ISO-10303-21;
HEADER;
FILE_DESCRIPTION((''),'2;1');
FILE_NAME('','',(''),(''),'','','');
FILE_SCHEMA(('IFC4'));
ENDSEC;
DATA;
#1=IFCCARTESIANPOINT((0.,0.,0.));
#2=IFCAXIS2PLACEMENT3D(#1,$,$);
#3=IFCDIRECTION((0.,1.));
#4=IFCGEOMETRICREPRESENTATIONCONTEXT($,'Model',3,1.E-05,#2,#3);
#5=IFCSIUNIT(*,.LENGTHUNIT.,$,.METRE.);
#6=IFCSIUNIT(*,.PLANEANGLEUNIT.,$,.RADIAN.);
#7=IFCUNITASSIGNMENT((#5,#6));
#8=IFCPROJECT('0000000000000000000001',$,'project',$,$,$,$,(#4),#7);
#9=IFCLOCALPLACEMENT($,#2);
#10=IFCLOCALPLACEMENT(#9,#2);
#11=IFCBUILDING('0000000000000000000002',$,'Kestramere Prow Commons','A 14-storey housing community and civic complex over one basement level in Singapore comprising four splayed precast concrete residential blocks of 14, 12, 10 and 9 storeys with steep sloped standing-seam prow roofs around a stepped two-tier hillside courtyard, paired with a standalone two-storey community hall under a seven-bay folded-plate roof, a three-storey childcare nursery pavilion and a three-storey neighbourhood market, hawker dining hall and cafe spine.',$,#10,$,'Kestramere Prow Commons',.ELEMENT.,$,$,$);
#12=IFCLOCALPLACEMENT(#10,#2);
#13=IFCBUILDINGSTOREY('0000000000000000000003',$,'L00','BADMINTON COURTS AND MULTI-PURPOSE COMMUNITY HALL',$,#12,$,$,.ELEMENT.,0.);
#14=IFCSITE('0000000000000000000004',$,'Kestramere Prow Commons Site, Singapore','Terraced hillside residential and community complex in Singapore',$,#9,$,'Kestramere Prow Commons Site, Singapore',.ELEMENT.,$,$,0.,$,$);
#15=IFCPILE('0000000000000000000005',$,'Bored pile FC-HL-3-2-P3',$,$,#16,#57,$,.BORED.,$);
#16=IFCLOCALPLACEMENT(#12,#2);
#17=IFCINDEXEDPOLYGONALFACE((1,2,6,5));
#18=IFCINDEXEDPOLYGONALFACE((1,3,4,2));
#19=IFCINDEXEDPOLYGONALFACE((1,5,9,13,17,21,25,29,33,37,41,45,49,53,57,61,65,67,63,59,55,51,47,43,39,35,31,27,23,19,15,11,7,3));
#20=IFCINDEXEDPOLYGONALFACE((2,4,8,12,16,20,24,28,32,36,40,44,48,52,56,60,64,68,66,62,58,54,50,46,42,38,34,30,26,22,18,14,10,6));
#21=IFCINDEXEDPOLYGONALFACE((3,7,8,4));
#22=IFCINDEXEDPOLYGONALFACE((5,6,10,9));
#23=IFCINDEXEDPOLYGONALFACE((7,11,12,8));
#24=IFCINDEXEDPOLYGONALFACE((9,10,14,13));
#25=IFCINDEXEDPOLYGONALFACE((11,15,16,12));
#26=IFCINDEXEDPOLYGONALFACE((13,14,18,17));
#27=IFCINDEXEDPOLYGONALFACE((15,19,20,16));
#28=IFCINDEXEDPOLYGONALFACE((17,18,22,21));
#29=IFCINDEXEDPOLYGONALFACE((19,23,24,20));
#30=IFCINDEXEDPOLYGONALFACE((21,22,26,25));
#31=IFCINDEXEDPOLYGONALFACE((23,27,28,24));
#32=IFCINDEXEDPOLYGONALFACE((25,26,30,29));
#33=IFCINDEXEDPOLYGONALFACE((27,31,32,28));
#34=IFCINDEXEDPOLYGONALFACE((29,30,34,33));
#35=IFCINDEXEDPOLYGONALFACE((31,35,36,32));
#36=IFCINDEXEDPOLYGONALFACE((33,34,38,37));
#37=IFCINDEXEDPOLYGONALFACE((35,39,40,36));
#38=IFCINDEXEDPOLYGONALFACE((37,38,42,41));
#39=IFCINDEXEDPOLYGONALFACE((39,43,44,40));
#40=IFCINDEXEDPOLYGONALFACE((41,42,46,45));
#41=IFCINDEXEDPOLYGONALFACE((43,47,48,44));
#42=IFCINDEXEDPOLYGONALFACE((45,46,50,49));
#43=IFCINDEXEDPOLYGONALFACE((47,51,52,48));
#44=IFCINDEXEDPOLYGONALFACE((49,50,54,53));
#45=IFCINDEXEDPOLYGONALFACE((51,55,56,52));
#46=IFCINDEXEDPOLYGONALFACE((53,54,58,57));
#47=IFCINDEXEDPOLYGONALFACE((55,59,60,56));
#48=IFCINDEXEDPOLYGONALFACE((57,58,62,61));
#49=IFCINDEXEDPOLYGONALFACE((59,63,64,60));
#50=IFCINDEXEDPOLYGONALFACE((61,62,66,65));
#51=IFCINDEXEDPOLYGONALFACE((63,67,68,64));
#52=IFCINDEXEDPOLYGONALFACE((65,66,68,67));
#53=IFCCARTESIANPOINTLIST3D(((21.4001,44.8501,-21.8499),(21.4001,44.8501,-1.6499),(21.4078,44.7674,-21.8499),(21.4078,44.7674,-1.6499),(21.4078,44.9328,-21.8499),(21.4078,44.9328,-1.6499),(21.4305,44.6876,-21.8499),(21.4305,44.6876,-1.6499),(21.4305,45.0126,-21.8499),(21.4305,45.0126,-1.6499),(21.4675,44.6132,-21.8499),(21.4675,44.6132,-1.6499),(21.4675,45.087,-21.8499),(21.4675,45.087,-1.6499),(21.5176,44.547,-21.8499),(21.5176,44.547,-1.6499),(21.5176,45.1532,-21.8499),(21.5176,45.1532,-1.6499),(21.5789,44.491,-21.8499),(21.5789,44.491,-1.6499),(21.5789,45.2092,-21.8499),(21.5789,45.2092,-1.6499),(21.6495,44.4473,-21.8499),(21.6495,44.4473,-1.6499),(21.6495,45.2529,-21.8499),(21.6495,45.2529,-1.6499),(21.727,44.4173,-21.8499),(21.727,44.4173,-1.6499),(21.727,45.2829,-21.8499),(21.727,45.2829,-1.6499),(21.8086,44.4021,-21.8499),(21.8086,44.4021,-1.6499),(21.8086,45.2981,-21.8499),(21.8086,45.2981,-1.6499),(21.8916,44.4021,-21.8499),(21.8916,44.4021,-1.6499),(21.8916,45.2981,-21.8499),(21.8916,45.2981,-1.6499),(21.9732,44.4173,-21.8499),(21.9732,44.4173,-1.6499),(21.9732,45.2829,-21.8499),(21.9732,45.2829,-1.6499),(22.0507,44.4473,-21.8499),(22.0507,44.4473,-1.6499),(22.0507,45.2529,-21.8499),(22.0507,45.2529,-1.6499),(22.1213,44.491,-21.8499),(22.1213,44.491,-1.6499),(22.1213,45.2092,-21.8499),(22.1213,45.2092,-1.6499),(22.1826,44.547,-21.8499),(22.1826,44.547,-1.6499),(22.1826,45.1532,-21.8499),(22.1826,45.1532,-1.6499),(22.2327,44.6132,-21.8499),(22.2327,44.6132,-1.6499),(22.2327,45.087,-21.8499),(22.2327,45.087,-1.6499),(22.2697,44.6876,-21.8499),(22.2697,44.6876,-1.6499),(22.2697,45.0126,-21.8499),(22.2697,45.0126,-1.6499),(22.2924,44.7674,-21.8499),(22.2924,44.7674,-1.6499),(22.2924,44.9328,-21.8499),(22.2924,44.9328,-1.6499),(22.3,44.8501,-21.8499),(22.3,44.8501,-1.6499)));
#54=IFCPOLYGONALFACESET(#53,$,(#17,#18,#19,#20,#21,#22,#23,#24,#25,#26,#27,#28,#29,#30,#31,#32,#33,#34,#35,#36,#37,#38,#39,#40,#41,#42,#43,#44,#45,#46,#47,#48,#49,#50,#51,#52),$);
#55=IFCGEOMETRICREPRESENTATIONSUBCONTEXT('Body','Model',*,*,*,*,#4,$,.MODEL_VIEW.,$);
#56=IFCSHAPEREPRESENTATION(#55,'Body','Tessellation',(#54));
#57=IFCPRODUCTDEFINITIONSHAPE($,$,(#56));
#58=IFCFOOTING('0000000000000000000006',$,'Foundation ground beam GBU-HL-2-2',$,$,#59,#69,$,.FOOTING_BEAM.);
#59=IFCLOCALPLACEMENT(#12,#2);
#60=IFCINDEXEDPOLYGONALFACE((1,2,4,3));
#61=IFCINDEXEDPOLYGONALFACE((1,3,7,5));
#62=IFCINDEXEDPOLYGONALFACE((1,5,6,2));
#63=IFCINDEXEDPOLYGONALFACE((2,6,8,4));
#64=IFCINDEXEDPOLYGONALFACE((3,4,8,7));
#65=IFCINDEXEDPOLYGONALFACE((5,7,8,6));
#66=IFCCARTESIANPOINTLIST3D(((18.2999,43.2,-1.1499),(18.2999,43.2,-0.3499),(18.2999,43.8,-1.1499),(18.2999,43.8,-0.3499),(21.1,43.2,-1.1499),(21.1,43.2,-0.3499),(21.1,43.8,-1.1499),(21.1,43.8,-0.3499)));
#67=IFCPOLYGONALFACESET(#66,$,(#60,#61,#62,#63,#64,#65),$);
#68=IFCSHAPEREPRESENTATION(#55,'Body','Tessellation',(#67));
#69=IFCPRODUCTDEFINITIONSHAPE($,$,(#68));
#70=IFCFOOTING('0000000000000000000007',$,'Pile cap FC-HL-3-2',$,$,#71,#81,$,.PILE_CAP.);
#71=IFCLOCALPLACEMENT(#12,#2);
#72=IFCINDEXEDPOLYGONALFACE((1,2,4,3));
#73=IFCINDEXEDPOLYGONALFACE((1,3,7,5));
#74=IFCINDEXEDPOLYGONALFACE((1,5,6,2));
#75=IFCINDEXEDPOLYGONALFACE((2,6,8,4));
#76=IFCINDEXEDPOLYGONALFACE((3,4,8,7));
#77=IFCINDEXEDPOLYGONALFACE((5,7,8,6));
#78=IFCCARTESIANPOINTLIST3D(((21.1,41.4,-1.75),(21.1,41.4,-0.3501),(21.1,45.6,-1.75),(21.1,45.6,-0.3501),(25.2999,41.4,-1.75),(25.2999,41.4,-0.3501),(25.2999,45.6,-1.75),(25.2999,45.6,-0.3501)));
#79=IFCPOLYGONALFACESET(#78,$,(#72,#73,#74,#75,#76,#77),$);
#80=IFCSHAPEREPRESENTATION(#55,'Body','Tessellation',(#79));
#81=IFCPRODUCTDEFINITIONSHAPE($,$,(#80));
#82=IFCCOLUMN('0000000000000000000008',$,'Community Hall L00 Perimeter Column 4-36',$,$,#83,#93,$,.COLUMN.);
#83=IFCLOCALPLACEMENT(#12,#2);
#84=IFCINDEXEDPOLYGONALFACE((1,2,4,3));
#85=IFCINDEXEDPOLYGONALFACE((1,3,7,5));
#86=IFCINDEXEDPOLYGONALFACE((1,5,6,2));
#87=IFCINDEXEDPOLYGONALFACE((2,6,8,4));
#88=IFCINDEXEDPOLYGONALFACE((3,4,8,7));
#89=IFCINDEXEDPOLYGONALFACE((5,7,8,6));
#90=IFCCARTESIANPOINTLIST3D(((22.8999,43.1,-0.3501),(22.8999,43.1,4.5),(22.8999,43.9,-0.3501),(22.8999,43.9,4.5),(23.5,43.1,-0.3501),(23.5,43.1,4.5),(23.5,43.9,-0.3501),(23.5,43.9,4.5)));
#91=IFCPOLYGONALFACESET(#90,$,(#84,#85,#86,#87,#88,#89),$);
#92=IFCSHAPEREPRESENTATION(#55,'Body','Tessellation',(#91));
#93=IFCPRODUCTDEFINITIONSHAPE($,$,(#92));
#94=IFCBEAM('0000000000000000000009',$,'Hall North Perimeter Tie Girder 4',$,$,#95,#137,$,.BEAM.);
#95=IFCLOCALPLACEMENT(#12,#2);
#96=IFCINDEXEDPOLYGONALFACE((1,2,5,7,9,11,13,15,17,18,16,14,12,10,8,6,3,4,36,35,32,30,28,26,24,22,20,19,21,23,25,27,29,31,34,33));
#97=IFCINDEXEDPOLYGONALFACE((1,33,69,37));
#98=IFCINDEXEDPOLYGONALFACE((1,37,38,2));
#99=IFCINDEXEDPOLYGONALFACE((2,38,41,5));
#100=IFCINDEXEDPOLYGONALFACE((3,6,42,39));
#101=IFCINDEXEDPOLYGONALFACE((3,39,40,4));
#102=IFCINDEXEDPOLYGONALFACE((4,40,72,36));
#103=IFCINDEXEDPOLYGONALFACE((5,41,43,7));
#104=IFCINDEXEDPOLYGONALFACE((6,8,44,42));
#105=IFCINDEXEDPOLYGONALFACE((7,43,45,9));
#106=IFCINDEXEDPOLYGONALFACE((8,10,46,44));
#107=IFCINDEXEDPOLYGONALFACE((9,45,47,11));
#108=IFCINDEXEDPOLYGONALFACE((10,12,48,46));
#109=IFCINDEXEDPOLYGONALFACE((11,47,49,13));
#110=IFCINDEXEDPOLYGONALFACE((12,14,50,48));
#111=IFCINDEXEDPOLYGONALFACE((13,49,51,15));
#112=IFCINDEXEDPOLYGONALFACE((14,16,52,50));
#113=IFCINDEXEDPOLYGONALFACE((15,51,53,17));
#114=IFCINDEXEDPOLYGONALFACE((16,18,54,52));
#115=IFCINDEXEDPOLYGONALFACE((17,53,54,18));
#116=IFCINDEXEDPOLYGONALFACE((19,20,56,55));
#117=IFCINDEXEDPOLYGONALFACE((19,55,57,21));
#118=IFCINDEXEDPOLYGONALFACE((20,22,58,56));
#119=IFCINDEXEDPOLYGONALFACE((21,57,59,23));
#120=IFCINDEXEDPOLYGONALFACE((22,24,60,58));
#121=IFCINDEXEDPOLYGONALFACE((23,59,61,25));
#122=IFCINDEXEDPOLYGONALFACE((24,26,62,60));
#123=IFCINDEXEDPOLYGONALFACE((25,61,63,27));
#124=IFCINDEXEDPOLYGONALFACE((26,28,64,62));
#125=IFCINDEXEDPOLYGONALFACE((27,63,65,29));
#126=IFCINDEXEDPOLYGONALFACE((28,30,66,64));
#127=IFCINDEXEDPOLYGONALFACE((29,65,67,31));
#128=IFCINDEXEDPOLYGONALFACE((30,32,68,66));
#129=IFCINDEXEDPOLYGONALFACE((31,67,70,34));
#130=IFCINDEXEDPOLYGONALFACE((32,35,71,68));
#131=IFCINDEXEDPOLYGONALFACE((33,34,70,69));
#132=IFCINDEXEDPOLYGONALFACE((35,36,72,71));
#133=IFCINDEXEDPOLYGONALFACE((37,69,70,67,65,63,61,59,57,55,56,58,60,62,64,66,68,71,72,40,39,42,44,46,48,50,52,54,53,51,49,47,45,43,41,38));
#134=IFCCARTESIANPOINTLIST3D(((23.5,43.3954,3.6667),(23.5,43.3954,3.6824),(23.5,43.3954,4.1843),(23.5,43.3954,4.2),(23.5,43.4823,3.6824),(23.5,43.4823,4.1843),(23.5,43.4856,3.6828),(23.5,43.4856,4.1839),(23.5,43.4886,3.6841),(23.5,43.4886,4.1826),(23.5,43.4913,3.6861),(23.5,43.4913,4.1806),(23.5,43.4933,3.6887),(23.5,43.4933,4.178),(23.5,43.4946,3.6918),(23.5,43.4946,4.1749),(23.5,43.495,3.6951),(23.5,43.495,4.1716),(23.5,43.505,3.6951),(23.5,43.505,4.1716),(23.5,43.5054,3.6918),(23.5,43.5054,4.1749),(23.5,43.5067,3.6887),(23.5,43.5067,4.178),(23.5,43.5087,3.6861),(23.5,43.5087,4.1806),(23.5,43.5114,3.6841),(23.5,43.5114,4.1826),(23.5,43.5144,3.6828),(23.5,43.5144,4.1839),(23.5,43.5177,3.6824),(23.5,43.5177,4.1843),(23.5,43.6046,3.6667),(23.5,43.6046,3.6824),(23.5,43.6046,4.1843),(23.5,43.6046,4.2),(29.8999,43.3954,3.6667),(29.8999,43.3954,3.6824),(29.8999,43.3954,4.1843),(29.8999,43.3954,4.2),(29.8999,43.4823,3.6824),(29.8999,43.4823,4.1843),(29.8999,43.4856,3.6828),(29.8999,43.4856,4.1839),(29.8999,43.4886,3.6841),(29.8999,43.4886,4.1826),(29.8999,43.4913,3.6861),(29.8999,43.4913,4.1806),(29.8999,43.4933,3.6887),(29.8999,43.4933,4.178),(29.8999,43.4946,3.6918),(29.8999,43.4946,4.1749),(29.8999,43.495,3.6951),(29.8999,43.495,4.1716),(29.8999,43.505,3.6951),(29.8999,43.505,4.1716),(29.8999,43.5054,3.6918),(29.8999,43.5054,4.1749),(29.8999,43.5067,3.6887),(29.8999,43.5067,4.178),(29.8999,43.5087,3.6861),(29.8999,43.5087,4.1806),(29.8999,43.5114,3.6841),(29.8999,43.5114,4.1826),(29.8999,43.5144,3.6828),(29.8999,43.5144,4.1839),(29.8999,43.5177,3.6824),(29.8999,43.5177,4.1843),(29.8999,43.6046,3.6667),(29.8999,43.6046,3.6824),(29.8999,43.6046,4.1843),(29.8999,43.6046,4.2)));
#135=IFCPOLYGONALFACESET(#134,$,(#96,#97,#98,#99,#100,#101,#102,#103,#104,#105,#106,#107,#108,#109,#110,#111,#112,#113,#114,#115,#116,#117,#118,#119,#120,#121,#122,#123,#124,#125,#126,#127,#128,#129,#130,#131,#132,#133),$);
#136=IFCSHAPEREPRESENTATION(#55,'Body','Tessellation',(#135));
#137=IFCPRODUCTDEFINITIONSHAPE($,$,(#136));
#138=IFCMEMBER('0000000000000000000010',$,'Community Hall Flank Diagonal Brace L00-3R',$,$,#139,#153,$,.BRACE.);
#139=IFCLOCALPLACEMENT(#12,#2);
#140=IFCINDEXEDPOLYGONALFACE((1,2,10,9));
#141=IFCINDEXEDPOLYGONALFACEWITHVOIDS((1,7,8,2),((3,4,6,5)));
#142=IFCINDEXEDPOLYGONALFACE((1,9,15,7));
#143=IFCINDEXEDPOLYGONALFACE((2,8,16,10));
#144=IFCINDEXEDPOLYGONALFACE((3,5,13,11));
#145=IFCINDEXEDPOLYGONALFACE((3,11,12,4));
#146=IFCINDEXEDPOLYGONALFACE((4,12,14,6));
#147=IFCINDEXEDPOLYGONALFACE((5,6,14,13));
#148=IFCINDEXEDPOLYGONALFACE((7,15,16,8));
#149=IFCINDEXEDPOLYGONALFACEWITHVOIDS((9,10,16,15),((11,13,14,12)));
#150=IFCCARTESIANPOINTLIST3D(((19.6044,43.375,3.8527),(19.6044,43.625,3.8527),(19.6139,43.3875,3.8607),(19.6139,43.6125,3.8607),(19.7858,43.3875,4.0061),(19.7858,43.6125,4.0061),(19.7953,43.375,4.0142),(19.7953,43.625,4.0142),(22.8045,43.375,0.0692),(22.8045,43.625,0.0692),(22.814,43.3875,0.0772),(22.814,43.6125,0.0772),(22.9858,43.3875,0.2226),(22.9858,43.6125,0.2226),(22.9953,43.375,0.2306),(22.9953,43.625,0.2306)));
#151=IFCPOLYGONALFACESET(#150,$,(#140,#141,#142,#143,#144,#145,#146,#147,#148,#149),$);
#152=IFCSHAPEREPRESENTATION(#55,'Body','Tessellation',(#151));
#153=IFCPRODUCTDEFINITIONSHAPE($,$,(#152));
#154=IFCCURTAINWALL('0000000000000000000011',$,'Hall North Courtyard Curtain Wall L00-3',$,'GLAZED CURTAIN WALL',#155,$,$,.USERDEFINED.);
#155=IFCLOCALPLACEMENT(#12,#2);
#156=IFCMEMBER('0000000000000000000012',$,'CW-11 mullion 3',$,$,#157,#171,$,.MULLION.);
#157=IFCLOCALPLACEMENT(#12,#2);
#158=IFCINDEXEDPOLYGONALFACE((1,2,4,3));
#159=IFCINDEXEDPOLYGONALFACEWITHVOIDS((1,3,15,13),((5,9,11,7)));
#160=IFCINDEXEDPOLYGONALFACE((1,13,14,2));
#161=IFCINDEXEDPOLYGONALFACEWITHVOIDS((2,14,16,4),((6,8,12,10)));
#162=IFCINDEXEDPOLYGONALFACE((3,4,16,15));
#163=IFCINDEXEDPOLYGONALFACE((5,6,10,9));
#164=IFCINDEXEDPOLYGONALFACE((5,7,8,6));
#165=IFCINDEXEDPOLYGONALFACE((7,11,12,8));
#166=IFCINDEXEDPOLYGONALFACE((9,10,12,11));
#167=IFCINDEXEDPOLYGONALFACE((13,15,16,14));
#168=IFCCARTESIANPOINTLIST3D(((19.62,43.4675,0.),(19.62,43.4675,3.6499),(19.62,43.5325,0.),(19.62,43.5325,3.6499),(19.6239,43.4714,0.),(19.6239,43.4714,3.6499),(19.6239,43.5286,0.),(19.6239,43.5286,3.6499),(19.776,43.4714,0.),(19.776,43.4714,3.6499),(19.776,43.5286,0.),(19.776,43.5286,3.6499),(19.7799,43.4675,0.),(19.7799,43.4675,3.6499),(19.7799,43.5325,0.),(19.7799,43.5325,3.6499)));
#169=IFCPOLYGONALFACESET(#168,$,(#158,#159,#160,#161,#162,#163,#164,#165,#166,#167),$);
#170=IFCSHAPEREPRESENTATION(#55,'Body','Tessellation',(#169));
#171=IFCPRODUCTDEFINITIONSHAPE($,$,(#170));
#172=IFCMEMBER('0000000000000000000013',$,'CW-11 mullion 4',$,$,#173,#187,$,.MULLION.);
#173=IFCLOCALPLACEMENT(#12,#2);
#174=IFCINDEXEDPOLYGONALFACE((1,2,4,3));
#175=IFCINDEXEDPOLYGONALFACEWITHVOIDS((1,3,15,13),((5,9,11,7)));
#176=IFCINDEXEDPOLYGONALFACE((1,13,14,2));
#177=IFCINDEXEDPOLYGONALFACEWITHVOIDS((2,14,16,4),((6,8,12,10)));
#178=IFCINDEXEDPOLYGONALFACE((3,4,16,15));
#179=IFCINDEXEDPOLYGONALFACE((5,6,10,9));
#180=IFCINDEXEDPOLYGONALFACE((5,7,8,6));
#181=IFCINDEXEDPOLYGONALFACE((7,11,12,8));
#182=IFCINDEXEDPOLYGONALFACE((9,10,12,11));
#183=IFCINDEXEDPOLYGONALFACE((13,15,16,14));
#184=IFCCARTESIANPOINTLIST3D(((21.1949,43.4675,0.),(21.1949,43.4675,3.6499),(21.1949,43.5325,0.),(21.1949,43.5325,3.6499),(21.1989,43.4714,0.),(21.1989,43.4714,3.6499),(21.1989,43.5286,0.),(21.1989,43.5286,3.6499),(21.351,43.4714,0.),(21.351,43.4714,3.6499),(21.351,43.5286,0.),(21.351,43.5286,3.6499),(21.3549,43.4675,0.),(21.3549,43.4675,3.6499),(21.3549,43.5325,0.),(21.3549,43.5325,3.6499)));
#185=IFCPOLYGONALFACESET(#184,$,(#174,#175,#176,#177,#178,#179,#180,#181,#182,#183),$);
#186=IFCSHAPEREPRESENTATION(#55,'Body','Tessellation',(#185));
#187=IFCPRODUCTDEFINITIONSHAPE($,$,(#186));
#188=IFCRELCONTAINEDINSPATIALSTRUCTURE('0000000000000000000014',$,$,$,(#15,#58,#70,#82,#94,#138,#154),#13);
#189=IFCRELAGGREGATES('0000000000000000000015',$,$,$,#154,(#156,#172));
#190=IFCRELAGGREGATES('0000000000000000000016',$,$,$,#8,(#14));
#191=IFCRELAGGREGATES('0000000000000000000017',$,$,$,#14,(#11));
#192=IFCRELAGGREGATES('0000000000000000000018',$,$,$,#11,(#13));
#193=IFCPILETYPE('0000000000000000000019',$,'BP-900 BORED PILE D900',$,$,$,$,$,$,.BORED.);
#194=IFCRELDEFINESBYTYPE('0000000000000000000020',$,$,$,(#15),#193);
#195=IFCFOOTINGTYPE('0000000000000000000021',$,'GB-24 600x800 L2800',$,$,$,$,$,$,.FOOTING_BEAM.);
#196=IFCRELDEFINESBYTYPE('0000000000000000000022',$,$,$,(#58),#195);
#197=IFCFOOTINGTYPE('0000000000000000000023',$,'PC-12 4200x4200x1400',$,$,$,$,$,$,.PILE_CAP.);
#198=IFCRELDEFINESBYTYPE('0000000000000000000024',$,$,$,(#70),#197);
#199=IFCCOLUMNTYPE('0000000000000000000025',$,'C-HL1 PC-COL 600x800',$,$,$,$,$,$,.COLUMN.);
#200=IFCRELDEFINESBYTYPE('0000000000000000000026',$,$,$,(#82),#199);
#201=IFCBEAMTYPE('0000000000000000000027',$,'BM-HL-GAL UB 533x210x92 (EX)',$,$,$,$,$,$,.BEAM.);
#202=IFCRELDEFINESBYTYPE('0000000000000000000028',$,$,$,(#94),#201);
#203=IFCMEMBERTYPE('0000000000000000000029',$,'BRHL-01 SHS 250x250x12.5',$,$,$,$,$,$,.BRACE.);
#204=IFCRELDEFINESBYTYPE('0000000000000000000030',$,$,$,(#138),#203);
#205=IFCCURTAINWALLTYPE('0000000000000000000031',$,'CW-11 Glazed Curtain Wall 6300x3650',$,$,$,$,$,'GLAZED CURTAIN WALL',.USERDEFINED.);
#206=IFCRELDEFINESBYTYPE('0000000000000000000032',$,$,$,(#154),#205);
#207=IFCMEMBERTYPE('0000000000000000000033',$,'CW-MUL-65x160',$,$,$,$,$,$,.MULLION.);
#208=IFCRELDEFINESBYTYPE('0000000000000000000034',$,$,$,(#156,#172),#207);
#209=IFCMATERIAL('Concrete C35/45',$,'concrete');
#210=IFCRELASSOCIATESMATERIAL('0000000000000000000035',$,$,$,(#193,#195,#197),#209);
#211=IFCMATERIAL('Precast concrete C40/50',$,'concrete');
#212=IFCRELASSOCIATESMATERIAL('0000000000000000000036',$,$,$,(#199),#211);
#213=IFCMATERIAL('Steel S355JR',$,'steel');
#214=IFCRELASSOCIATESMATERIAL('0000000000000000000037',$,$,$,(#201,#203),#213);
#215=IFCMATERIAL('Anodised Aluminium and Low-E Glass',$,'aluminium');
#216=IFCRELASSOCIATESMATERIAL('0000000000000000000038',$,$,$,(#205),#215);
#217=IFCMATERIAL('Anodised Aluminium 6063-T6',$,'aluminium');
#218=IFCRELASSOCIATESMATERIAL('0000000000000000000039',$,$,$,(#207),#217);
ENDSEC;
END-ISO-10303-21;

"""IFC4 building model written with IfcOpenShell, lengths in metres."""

from ifc_helpers import new_model, si_unit, direction, frame, origin, origin_2d, place, context, subcontext, project, spatial, rectangle, hollow_rectangle, circle, i_section, extrude, material, material_profile, profile_set, type_object, element, aggregate, save


model = new_model("IFC4")

# Units and contexts
model_context = context("Model", 3, precision=1e-05, world=origin(), true_north=direction((0.0, 1.0)))
body_context = subcontext(model_context, "Body", "Model", "MODEL_VIEW")
ifc_project = project(units=[si_unit("LENGTHUNIT", "METRE"), si_unit("PLANEANGLEUNIT", "RADIAN")], contexts=[model_context])

# Site, building, storey
site_placement = place(None, origin())
site = spatial("IfcSite", under=ifc_project, at=site_placement, Name="Kestramere Prow Commons Site, Singapore", Description="Terraced hillside residential and community complex in Singapore", LongName="Kestramere Prow Commons Site, Singapore", CompositionType="ELEMENT", RefElevation=0.0)
building_placement = place(site_placement, origin())
building = spatial("IfcBuilding", under=site, at=building_placement, Name="Kestramere Prow Commons", Description="A 14-storey housing community and civic complex over one basement level in Singapore comprising four splayed precast concrete residential blocks of 14, 12, 10 and 9 storeys with steep sloped standing-seam prow roofs around a stepped two-tier hillside courtyard, paired with a standalone two-storey community hall under a seven-bay folded-plate roof, a three-storey childcare nursery pavilion and a three-storey neighbourhood market, hawker dining hall and cafe spine.", LongName="Kestramere Prow Commons", CompositionType="ELEMENT")
storey_placement = place(building_placement, origin())
storey = spatial("IfcBuildingStorey", under=building, at=storey_placement, Name="L00", Description="BADMINTON COURTS AND MULTI-PURPOSE COMMUNITY HALL", CompositionType="ELEMENT", Elevation=0.0)

# Pile
ifc_material_1 = material(Name="Concrete C35/45", Category="concrete")
ifc_material_profile_1 = material_profile(ifc_material_1, circle(Radius=0.45, at=origin_2d()), Name="BORED PILE D900")
ifc_profile_set_1 = profile_set([ifc_material_profile_1], Name="Concrete C35/45")
pile_type = type_object("IfcPileType", Name="BP-900 BORED PILE D900", PredefinedType="BORED", material=ifc_profile_set_1)
pile_placement = place(storey_placement, frame((21.8501, 44.8501, -1.6499), z_axis=(0.0, 0.0, -1.0), x_axis=(1.0, 0.0, 0.0)))
element("IfcPile", 1, at=pile_placement, inside=storey, type_object=pile_type, Name="Bored pile FC-HL-3-2-P3", PredefinedType="BORED", context=body_context, shape_type="SweptSolid", body=[
    extrude(circle(Radius=0.45, at=origin_2d()), origin(), (0.0, 0.0, 1.0), 20.2),
])

# Footings
footing_type_1 = type_object("IfcFootingType", Name="GB-24 600x800 L2800", PredefinedType="FOOTING_BEAM", material=ifc_material_1)
footing_1_placement = place(storey_placement, frame((19.7, 43.5, -1.1499), z_axis=(0.0, 0.0, 1.0), x_axis=(1.0, 0.0, 0.0)))
element("IfcFooting", 2, at=footing_1_placement, inside=storey, type_object=footing_type_1, Name="Foundation ground beam GBU-HL-2-2", PredefinedType="FOOTING_BEAM", context=body_context, shape_type="SweptSolid", body=[
    extrude(rectangle(XDim=2.8, YDim=0.6001, at=origin_2d()), origin(), (0.0, 0.0, 1.0), 0.8),
])
footing_type_2 = type_object("IfcFootingType", Name="PC-12 4200x4200x1400", PredefinedType="PILE_CAP", material=ifc_material_1)
footing_2_placement = place(storey_placement, frame((23.2, 43.5, -1.75), z_axis=(0.0, 0.0, 1.0), x_axis=(1.0, 0.0, 0.0)))
element("IfcFooting", 3, at=footing_2_placement, inside=storey, type_object=footing_type_2, Name="Pile cap FC-HL-3-2", PredefinedType="PILE_CAP", context=body_context, shape_type="SweptSolid", body=[
    extrude(rectangle(XDim=4.2, YDim=4.2, at=origin_2d()), origin(), (0.0, 0.0, 1.0), 1.3999),
])

# Column
ifc_material_2 = material(Name="Precast concrete C40/50", Category="concrete")
ifc_material_profile_2 = material_profile(ifc_material_2, rectangle(XDim=0.6001, YDim=0.8, at=origin_2d()), Name="PC-COL 600x800")
ifc_profile_set_2 = profile_set([ifc_material_profile_2], Name="Precast concrete C40/50")
column_type = type_object("IfcColumnType", Name="C-HL1 PC-COL 600x800", PredefinedType="COLUMN", material=ifc_profile_set_2)
column_placement = place(storey_placement, frame((23.2, 43.5, -0.3501), z_axis=(0.0, 0.0, 1.0), x_axis=(1.0, 0.0, 0.0)))
element("IfcColumn", 4, at=column_placement, inside=storey, type_object=column_type, Name="Community Hall L00 Perimeter Column 4-36", PredefinedType="COLUMN", context=body_context, shape_type="SweptSolid", body=[
    extrude(rectangle(XDim=0.6001, YDim=0.8, at=origin_2d()), origin(), (0.0, 0.0, 1.0), 4.8501),
])

# Beam
ifc_material_3 = material(Name="Steel S355JR", Category="steel")
ifc_material_profile_3 = material_profile(ifc_material_3, i_section(OverallWidth=0.2092, OverallDepth=0.5332, WebThickness=0.01, FlangeThickness=0.0156, FilletRadius=0.0127, at=origin_2d()), Name="UB 533x210x92")
ifc_profile_set_3 = profile_set([ifc_material_profile_3], Name="Steel S355JR")
beam_type = type_object("IfcBeamType", Name="BM-HL-GAL UB 533x210x92 (EX)", PredefinedType="BEAM", material=ifc_profile_set_3)
beam_placement = place(storey_placement, frame((23.5, 43.5, 3.9333), z_axis=(1.0, 0.0, 0.0), x_axis=(0.0, 1.0, 0.0)))
element("IfcBeam", 5, at=beam_placement, inside=storey, type_object=beam_type, Name="Hall North Perimeter Tie Girder 4", PredefinedType="BEAM", context=body_context, shape_type="SweptSolid", body=[
    extrude(i_section(OverallWidth=0.2092, OverallDepth=0.5332, WebThickness=0.01, FlangeThickness=0.0156, FilletRadius=0.0127, at=origin_2d()), origin(), (0.0, 0.0, 1.0), 6.3999),
])

# Member
ifc_material_profile_4 = material_profile(ifc_material_3, hollow_rectangle(XDim=0.25, YDim=0.25, WallThickness=0.0125, at=origin_2d()), Name="SHS 250x250x12.5")
ifc_profile_set_4 = profile_set([ifc_material_profile_4], Name="Steel S355JR")
member_type_1 = type_object("IfcMemberType", Name="BRHL-01 SHS 250x250x12.5", PredefinedType="BRACE", material=ifc_profile_set_4)
member_1_placement = place(storey_placement, frame((22.8999, 43.5, 0.1499), z_axis=(-0.645774, 0.0, 0.763528), x_axis=(0.0, -1.0, 0.0)))
element("IfcMember", 6, at=member_1_placement, inside=storey, type_object=member_type_1, Name="Community Hall Flank Diagonal Brace L00-3R", PredefinedType="BRACE", context=body_context, shape_type="SweptSolid", body=[
    extrude(hollow_rectangle(XDim=0.25, YDim=0.25, WallThickness=0.0125, at=origin_2d()), origin(), (0.0, 0.0, 1.0), 4.9553),
])

# Curtain wall, members
ifc_material_4 = material(Name="Anodised Aluminium and Low-E Glass", Category="aluminium")
curtain_wall_type = type_object("IfcCurtainWallType", Name="CW-11 Glazed Curtain Wall 6300x3650", ElementType="GLAZED CURTAIN WALL", PredefinedType="USERDEFINED", material=ifc_material_4)
curtain_wall_1_placement = place(storey_placement, origin())
curtain_wall_1 = element("IfcCurtainWall", 7, at=curtain_wall_1_placement, inside=storey, type_object=curtain_wall_type, Name="Hall North Courtyard Curtain Wall L00-3", ObjectType="GLAZED CURTAIN WALL", PredefinedType="USERDEFINED")
ifc_material_5 = material(Name="Anodised Aluminium 6063-T6", Category="aluminium")
ifc_material_profile_5 = material_profile(ifc_material_5, hollow_rectangle(XDim=0.0649, YDim=0.1599, WallThickness=0.0039, at=origin_2d()), Name="ALU-MUL 65x160")
ifc_profile_set_5 = profile_set([ifc_material_profile_5], Name="Anodised Aluminium 6063-T6")
member_type_2 = type_object("IfcMemberType", Name="CW-MUL-65x160", PredefinedType="MULLION", material=ifc_profile_set_5)
member_2_placement = place(storey_placement, frame((19.7, 43.5, 0.0), z_axis=(0.0, 0.0, 1.0), x_axis=(0.0, 1.0, 0.0)))
member_2 = element("IfcMember", 8, at=member_2_placement, type_object=member_type_2, Name="CW-11 mullion 3", PredefinedType="MULLION", context=body_context, shape_type="SweptSolid", body=[
    extrude(hollow_rectangle(XDim=0.0649, YDim=0.1599, WallThickness=0.0039, at=origin_2d()), origin(), (0.0, 0.0, 1.0), 3.6499),
])
member_3_placement = place(storey_placement, frame((21.2749, 43.5, 0.0), z_axis=(0.0, 0.0, 1.0), x_axis=(0.0, 1.0, 0.0)))
member_3 = element("IfcMember", 9, at=member_3_placement, type_object=member_type_2, Name="CW-11 mullion 4", PredefinedType="MULLION", context=body_context, shape_type="SweptSolid", body=[
    extrude(hollow_rectangle(XDim=0.0649, YDim=0.1599, WallThickness=0.0039, at=origin_2d()), origin(), (0.0, 0.0, 1.0), 3.6499),
])

aggregate(curtain_wall_1, [member_2, member_3])

save(model, "model.ifc")
